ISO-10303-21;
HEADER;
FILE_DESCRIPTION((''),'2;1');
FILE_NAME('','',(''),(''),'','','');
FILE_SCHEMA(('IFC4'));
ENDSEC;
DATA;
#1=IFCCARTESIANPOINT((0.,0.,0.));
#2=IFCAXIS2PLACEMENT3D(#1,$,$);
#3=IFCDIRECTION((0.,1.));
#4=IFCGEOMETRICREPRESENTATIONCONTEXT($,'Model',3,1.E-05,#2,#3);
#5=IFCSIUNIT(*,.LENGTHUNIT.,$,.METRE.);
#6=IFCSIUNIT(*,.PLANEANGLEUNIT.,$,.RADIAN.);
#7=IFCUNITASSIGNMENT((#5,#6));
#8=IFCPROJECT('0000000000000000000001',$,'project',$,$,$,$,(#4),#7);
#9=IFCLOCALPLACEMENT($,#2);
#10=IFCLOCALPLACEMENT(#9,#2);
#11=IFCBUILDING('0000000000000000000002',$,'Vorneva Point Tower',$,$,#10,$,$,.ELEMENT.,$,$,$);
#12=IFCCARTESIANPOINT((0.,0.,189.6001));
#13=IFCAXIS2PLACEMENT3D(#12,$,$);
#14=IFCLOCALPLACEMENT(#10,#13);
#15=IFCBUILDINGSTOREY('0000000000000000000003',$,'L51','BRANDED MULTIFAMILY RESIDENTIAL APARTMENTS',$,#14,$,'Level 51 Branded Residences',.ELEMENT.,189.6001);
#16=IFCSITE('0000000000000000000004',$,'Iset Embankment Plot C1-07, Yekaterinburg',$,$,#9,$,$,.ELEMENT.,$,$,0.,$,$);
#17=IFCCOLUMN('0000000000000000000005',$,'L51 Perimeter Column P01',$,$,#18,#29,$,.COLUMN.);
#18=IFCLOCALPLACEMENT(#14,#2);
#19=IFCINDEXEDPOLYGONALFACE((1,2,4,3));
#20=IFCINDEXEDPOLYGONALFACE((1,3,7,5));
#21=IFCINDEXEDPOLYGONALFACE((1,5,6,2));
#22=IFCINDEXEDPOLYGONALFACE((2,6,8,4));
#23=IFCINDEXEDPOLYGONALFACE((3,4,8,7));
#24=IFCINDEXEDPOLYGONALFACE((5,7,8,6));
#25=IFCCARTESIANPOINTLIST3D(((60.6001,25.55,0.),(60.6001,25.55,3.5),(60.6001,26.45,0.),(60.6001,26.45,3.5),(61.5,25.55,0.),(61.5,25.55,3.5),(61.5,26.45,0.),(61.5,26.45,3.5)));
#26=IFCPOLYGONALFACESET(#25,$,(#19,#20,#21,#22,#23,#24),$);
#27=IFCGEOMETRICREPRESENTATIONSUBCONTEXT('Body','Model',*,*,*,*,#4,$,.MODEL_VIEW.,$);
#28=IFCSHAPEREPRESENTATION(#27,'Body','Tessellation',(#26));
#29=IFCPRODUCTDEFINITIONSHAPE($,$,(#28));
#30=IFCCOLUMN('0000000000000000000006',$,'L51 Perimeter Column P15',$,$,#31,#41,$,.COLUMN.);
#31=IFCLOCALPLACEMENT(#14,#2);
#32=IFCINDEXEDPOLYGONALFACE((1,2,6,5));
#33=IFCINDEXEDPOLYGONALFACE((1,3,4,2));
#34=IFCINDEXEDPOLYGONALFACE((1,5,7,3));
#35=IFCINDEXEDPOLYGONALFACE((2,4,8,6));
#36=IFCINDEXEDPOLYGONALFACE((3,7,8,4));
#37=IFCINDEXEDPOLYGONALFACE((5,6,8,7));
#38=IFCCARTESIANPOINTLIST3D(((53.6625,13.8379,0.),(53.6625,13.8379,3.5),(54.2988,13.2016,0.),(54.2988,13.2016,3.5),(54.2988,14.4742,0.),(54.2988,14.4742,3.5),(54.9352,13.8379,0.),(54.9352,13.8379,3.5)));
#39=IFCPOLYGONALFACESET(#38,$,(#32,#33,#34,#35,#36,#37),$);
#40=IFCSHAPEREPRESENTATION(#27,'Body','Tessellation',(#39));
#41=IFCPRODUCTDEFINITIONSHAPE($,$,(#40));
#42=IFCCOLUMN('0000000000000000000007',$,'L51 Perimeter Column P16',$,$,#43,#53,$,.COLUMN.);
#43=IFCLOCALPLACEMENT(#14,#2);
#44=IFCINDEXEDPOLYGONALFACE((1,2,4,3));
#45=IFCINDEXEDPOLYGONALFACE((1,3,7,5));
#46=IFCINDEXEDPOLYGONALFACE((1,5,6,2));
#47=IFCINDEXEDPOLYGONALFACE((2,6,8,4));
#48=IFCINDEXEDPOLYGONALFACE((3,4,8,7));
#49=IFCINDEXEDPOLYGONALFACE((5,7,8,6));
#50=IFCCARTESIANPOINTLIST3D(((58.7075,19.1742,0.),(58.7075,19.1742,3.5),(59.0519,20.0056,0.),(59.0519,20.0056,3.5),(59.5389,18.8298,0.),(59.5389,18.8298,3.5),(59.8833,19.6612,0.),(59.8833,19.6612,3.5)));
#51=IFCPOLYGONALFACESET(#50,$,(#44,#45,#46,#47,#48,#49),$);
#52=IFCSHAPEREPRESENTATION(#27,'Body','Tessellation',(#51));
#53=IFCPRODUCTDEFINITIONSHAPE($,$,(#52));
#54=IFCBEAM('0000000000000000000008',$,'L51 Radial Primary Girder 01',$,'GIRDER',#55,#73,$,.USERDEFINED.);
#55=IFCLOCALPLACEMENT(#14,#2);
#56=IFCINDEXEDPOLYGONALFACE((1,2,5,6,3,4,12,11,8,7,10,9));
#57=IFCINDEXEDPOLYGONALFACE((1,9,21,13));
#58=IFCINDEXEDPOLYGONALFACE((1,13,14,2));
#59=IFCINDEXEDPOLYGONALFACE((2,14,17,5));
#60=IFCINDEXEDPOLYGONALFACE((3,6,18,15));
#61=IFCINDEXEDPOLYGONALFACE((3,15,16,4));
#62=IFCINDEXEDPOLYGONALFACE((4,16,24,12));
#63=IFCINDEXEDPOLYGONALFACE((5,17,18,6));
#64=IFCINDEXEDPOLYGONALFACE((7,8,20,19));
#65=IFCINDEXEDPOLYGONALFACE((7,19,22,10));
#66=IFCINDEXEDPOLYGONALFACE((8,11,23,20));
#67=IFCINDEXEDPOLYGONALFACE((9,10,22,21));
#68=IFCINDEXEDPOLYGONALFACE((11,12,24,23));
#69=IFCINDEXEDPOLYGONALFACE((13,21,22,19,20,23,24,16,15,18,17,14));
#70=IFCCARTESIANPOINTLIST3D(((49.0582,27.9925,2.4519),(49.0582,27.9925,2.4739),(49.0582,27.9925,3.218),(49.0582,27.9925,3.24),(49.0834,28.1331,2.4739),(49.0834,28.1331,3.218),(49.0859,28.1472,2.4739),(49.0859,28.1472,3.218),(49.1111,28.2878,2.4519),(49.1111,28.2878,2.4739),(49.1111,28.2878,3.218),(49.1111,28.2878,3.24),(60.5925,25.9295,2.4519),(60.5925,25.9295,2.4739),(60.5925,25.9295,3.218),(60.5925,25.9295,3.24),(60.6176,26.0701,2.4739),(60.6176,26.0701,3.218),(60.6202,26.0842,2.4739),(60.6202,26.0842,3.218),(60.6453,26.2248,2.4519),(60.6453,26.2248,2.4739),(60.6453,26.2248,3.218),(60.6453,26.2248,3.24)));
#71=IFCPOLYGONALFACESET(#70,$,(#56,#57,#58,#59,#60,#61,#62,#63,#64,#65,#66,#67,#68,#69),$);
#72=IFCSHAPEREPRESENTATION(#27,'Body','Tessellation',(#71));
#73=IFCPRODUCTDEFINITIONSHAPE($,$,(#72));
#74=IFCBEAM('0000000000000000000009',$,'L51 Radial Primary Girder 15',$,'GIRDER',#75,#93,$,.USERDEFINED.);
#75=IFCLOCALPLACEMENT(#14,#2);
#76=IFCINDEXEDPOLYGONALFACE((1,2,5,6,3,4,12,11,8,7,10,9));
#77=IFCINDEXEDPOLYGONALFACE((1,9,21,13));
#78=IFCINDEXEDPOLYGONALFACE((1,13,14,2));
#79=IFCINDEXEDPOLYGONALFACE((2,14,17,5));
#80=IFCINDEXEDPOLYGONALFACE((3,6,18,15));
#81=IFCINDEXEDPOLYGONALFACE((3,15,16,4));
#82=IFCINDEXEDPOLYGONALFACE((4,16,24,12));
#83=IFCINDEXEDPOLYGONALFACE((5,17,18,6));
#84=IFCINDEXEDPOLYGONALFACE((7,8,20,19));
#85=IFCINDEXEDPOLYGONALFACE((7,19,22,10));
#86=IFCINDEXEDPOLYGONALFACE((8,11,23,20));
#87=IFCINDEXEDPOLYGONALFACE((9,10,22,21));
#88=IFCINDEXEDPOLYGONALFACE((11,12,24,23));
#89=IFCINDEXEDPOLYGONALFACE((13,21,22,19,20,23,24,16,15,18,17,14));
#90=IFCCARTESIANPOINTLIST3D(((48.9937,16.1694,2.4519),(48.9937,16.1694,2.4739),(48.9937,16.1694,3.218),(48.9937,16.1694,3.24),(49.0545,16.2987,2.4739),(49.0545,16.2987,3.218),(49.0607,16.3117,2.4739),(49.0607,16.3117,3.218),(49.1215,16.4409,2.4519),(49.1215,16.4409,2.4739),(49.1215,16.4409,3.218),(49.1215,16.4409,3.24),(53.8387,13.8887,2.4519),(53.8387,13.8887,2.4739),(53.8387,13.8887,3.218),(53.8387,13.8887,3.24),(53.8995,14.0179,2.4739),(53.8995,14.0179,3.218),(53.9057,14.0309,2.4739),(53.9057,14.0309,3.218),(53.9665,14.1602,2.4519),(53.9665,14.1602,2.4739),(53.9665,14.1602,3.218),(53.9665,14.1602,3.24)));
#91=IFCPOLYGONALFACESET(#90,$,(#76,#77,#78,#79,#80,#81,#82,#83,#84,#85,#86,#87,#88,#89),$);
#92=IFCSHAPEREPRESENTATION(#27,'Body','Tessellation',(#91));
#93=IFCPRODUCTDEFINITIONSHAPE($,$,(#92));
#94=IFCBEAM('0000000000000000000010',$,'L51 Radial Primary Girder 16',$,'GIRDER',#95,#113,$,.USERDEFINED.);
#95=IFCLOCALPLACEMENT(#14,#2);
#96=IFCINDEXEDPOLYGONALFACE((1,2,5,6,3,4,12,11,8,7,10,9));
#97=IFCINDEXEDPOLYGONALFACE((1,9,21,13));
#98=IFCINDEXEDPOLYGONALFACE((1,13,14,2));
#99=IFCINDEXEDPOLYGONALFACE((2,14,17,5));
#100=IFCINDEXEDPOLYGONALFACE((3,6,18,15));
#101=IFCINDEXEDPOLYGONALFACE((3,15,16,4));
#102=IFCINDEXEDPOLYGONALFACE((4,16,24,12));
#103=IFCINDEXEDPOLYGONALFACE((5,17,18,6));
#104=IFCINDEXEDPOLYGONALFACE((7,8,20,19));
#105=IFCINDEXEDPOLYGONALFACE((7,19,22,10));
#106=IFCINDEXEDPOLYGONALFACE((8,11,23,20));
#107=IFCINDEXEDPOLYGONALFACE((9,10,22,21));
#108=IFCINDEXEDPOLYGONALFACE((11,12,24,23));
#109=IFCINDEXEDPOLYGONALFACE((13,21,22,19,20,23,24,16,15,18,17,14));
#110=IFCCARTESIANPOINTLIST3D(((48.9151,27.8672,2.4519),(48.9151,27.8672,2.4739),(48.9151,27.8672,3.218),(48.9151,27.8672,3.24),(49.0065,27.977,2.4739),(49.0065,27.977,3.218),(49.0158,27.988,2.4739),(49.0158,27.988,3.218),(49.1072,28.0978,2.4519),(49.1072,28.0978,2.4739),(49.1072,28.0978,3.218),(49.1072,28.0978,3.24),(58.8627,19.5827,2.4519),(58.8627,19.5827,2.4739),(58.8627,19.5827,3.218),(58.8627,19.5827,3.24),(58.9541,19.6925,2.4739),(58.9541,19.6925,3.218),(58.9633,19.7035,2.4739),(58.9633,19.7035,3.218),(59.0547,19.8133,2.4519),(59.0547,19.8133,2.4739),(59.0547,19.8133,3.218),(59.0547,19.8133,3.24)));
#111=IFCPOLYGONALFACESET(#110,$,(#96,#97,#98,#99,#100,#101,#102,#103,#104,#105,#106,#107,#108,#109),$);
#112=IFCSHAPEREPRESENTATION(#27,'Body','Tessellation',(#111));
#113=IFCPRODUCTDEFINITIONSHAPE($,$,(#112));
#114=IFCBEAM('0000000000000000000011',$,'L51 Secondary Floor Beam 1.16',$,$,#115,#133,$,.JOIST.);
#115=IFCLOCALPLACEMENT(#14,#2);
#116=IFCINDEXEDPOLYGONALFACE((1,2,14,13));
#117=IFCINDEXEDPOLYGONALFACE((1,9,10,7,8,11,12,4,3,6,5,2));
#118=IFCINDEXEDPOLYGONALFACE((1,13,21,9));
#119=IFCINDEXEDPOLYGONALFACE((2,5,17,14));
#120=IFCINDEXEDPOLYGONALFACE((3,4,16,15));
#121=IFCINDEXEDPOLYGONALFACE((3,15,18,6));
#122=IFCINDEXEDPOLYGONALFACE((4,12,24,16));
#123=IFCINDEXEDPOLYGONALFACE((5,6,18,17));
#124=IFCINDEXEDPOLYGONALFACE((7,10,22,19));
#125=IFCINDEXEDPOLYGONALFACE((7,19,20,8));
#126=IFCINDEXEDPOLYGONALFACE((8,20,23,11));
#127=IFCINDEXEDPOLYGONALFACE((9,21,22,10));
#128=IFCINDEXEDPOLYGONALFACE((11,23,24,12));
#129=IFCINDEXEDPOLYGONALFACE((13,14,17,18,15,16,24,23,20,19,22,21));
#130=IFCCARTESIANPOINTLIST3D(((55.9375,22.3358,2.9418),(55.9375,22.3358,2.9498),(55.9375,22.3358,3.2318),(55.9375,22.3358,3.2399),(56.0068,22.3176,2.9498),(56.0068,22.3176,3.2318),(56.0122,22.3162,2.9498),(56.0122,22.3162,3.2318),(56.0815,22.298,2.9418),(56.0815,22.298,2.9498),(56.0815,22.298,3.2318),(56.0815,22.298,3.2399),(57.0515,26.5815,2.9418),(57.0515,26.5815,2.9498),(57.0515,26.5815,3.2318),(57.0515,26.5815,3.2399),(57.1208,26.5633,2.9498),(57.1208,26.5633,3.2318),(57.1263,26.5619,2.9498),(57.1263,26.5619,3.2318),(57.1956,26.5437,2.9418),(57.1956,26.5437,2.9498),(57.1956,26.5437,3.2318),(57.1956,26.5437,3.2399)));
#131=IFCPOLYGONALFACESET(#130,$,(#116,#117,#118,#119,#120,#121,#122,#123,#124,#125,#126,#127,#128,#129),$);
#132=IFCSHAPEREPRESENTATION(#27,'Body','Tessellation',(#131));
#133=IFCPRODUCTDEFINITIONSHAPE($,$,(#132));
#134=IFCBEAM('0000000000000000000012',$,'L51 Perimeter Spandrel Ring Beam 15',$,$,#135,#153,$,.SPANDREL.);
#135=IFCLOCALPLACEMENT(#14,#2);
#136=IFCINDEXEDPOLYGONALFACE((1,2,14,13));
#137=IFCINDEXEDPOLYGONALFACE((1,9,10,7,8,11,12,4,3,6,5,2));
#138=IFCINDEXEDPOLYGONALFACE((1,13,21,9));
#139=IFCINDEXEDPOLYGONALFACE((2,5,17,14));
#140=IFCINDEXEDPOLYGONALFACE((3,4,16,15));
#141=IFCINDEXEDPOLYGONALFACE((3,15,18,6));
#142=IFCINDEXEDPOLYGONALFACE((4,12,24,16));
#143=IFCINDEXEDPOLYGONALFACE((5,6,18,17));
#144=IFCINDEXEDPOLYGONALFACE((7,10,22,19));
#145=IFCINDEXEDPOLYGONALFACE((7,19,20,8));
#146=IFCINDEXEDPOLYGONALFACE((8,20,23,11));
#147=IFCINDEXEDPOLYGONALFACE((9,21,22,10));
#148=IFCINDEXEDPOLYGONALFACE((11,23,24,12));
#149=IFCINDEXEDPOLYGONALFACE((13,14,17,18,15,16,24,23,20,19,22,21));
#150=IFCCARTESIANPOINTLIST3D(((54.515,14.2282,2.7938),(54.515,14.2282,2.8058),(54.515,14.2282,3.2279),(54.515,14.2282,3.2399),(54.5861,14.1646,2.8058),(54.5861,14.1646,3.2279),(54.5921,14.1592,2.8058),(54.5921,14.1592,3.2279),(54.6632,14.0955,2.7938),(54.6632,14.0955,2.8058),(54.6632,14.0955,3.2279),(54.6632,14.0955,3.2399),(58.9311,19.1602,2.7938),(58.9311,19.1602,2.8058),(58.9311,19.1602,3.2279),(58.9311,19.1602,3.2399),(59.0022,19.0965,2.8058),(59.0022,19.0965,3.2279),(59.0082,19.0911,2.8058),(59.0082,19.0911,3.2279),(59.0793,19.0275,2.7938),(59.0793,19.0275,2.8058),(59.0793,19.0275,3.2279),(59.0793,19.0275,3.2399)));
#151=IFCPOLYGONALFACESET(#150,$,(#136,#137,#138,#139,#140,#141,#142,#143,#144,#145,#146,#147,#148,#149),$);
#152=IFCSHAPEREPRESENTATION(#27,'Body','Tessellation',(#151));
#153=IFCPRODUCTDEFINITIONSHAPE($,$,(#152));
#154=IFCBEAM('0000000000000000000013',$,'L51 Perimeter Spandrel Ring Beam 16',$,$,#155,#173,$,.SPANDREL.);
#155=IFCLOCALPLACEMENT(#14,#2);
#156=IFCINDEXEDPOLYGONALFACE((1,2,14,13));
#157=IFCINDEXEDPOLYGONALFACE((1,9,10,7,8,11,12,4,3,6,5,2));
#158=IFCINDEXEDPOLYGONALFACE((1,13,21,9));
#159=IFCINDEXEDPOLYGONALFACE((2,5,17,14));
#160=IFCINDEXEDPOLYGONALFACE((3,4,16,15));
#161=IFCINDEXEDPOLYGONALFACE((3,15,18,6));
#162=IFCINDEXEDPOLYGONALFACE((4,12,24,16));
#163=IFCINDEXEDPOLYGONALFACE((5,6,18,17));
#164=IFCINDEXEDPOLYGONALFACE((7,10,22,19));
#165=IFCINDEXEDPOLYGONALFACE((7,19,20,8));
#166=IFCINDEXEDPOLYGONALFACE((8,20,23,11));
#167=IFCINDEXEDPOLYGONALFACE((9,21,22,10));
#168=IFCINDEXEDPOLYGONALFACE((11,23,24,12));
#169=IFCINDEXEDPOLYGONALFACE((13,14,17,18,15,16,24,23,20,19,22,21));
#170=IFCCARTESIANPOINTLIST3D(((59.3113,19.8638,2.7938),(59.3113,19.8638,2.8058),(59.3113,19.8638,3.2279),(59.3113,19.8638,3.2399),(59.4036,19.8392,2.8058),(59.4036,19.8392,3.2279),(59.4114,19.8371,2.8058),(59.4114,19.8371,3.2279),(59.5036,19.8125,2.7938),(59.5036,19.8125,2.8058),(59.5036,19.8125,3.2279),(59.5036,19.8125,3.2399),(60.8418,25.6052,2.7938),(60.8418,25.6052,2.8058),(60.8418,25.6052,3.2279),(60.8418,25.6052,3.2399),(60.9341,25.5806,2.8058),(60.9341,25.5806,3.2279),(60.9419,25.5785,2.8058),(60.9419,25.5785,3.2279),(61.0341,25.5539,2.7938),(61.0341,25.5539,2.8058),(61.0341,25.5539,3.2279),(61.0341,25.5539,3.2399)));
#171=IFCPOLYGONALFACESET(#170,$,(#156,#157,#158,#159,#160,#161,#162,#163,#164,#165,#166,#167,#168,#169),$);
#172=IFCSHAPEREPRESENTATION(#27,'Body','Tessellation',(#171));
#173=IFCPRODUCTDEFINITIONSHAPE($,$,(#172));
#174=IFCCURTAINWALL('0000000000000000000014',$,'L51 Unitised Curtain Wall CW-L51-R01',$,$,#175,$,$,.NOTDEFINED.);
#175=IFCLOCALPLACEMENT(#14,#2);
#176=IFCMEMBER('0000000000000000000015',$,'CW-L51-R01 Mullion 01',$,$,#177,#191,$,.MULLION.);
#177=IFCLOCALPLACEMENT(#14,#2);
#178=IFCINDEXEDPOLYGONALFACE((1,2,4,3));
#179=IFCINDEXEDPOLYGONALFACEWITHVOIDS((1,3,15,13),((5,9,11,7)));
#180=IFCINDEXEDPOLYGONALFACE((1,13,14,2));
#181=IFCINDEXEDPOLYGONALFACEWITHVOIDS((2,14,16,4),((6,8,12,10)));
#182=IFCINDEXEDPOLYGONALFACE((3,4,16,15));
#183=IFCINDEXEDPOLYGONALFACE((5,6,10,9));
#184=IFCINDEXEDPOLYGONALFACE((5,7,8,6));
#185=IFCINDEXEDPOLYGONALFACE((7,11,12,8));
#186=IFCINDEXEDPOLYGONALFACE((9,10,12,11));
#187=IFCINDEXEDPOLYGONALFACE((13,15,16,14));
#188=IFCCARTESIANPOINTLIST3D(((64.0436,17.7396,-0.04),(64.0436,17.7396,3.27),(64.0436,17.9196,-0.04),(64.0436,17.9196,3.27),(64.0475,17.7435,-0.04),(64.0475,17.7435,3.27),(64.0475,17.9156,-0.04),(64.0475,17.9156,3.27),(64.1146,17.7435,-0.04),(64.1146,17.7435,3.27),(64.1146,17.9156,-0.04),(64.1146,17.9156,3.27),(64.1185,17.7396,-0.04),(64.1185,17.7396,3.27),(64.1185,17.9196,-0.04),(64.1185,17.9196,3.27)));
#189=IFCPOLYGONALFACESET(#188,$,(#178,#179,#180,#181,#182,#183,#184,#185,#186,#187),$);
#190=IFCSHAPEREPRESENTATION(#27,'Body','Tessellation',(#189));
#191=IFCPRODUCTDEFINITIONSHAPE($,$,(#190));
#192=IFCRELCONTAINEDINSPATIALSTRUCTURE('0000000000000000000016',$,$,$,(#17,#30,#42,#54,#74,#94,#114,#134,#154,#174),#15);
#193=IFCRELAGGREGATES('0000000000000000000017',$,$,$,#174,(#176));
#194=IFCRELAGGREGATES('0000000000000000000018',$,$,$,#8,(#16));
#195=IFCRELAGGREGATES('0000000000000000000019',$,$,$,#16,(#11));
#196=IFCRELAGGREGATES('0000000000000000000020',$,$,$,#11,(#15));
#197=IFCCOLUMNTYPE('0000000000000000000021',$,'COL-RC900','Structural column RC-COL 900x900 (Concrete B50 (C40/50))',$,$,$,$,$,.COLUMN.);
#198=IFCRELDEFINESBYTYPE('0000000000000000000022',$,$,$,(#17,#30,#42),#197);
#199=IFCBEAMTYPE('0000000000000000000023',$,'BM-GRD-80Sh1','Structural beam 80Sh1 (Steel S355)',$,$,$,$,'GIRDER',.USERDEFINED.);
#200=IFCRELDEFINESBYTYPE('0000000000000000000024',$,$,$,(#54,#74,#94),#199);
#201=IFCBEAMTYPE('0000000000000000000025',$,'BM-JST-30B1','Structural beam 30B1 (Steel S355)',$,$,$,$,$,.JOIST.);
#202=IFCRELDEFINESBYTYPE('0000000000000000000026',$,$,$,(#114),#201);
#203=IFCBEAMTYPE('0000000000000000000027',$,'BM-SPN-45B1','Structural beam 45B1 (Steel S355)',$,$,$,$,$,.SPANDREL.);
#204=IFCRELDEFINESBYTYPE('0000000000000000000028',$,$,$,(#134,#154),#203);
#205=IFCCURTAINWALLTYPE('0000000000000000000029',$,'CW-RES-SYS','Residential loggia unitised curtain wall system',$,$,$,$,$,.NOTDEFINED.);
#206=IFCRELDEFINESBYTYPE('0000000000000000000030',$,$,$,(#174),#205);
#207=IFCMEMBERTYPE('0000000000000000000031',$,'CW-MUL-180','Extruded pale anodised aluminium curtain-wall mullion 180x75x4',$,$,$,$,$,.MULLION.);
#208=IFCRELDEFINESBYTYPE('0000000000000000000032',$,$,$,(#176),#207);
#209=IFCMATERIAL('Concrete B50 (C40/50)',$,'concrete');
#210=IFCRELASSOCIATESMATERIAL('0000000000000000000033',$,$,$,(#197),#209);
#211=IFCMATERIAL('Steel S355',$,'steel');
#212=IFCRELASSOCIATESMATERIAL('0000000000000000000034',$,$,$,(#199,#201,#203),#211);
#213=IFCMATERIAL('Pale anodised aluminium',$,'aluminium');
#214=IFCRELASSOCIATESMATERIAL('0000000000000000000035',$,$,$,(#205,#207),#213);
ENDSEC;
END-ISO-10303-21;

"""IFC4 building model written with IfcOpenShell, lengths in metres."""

from ifc_helpers import new_model, si_unit, direction, frame, origin, origin_2d, place, context, subcontext, project, spatial, rectangle, hollow_rectangle, i_section, extrude, material, material_profile, profile_set, type_object, element, aggregate, save


model = new_model("IFC4")

# Units and contexts
model_context = context("Model", 3, precision=1e-05, world=origin(), true_north=direction((0.0, 1.0)))
body_context = subcontext(model_context, "Body", "Model", "MODEL_VIEW")
ifc_project = project(units=[si_unit("LENGTHUNIT", "METRE"), si_unit("PLANEANGLEUNIT", "RADIAN")], contexts=[model_context])

# Site, building, storey
site_placement = place(None, origin())
site = spatial("IfcSite", under=ifc_project, at=site_placement, Name="Iset Embankment Plot C1-07, Yekaterinburg", CompositionType="ELEMENT", RefElevation=0.0)
building_placement = place(site_placement, origin())
building = spatial("IfcBuilding", under=site, at=building_placement, Name="Vorneva Point Tower", CompositionType="ELEMENT")
storey_placement = place(building_placement, frame((0.0, 0.0, 189.6001)))
storey = spatial("IfcBuildingStorey", under=building, at=storey_placement, Name="L51", Description="BRANDED MULTIFAMILY RESIDENTIAL APARTMENTS", LongName="Level 51 Branded Residences", CompositionType="ELEMENT", Elevation=189.6001)

# Columns
ifc_material_1 = material(Name="Concrete B50 (C40/50)", Category="concrete")
ifc_material_profile_1 = material_profile(ifc_material_1, rectangle(XDim=0.8999, YDim=0.8999, at=origin_2d()), Name="RC-COL 900x900")
ifc_profile_set_1 = profile_set([ifc_material_profile_1], Name="Concrete B50 (C40/50)")
column_type = type_object("IfcColumnType", Name="COL-RC900", Description="Structural column RC-COL 900x900 (Concrete B50 (C40/50))", PredefinedType="COLUMN", material=ifc_profile_set_1)
for number, where, z_axis, x_axis, name in (
    (1, (61.05, 26.0, 0.0), (0.0, 0.0, 1.0), (1.0, 0.0, 0.0), "L51 Perimeter Column P01"),
    (2, (54.2988, 13.8379, 0.0), (0.0, 0.0, 1.0), (0.707107, -0.707107, 0.0), "L51 Perimeter Column P15"),
    (3, (59.2954, 19.4177, 0.0), (0.0, 0.0, 1.0), (0.92388, -0.382683, 0.0), "L51 Perimeter Column P16"),
):
    element("IfcColumn", number, at=place(storey_placement, frame(where, z_axis=z_axis, x_axis=x_axis)), inside=storey, type_object=column_type, Name=name, PredefinedType="COLUMN", context=body_context, shape_type="SweptSolid", body=[
        extrude(rectangle(XDim=0.8999, YDim=0.8999, at=origin_2d()), origin(), (0.0, 0.0, 1.0), 3.5),
    ])

# Beams
ifc_material_2 = material(Name="Steel S355", Category="steel")
ifc_material_profile_2 = material_profile(ifc_material_2, i_section(OverallWidth=0.3, OverallDepth=0.7881, WebThickness=0.0144, FlangeThickness=0.022, at=origin_2d()), Name="80Sh1")
ifc_profile_set_2 = profile_set([ifc_material_profile_2], Name="Steel S355")
beam_type_1 = type_object("IfcBeamType", Name="BM-GRD-80Sh1", Description="Structural beam 80Sh1 (Steel S355)", ElementType="GIRDER", PredefinedType="USERDEFINED", material=ifc_profile_set_2)
beam_1_placement = place(storey_placement, frame((60.6189, 26.0771, 2.8459), z_axis=(-0.984379, 0.176065, 0.0), x_axis=(-0.176065, -0.984379, 0.0)))
element("IfcBeam", 4, at=beam_1_placement, inside=storey, type_object=beam_type_1, Name="L51 Radial Primary Girder 01", ObjectType="GIRDER", PredefinedType="USERDEFINED", context=body_context, shape_type="SweptSolid", body=[
    extrude(i_section(OverallWidth=0.3, OverallDepth=0.7881, WebThickness=0.0144, FlangeThickness=0.022, at=origin_2d()), origin(), (0.0, 0.0, 1.0), 11.7173),
])
beam_2_placement = place(storey_placement, frame((53.9026, 14.0244, 2.8459), z_axis=(-0.904763, 0.425916, 0.0), x_axis=(-0.425916, -0.904763, 0.0)))
element("IfcBeam", 5, at=beam_2_placement, inside=storey, type_object=beam_type_1, Name="L51 Radial Primary Girder 15", ObjectType="GIRDER", PredefinedType="USERDEFINED", context=body_context, shape_type="SweptSolid", body=[
    extrude(i_section(OverallWidth=0.3, OverallDepth=0.7881, WebThickness=0.0144, FlangeThickness=0.022, at=origin_2d()), origin(), (0.0, 0.0, 1.0), 5.355),
])
beam_3_placement = place(storey_placement, frame((58.9587, 19.698, 2.8459), z_axis=(-0.768418, 0.639949, 0.0), x_axis=(-0.639949, -0.768418, 0.0)))
element("IfcBeam", 6, at=beam_3_placement, inside=storey, type_object=beam_type_1, Name="L51 Radial Primary Girder 16", ObjectType="GIRDER", PredefinedType="USERDEFINED", context=body_context, shape_type="SweptSolid", body=[
    extrude(i_section(OverallWidth=0.3, OverallDepth=0.7881, WebThickness=0.0144, FlangeThickness=0.022, at=origin_2d()), origin(), (0.0, 0.0, 1.0), 12.9456),
])
ifc_material_profile_3 = material_profile(ifc_material_2, i_section(OverallWidth=0.1489, OverallDepth=0.2981, WebThickness=0.0056, FlangeThickness=0.0081, at=origin_2d()), Name="30B1")
ifc_profile_set_3 = profile_set([ifc_material_profile_3], Name="Steel S355")
beam_type_2 = type_object("IfcBeamType", Name="BM-JST-30B1", Description="Structural beam 30B1 (Steel S355)", PredefinedType="JOIST", material=ifc_profile_set_3)
beam_4_placement = place(storey_placement, frame((56.0095, 22.3169, 3.0908), z_axis=(0.253801, 0.967257, 0.0), x_axis=(-0.967257, 0.253801, 0.0)))
element("IfcBeam", 7, at=beam_4_placement, inside=storey, type_object=beam_type_2, Name="L51 Secondary Floor Beam 1.16", PredefinedType="JOIST", context=body_context, shape_type="SweptSolid", body=[
    extrude(i_section(OverallWidth=0.1489, OverallDepth=0.2981, WebThickness=0.0056, FlangeThickness=0.0081, at=origin_2d()), origin(), (0.0, 0.0, 1.0), 4.3894),
])
ifc_material_profile_4 = material_profile(ifc_material_2, i_section(OverallWidth=0.199, OverallDepth=0.446, WebThickness=0.0081, FlangeThickness=0.012, at=origin_2d()), Name="45B1")
ifc_profile_set_4 = profile_set([ifc_material_profile_4], Name="Steel S355")
beam_type_3 = type_object("IfcBeamType", Name="BM-SPN-45B1", Description="Structural beam 45B1 (Steel S355)", PredefinedType="SPANDREL", material=ifc_profile_set_4)
beam_5_placement = place(storey_placement, frame((54.5891, 14.1619, 3.0168), z_axis=(0.66707, 0.744995, 0.0), x_axis=(-0.744995, 0.66707, 0.0)))
element("IfcBeam", 8, at=beam_5_placement, inside=storey, type_object=beam_type_3, Name="L51 Perimeter Spandrel Ring Beam 15", PredefinedType="SPANDREL", context=body_context, shape_type="SweptSolid", body=[
    extrude(i_section(OverallWidth=0.199, OverallDepth=0.446, WebThickness=0.0081, FlangeThickness=0.012, at=origin_2d()), origin(), (0.0, 0.0, 1.0), 6.6201),
])
beam_6_placement = place(storey_placement, frame((59.4075, 19.8381, 3.0168), z_axis=(0.257578, 0.966257, 0.0), x_axis=(-0.966257, 0.257578, 0.0)))
element("IfcBeam", 9, at=beam_6_placement, inside=storey, type_object=beam_type_3, Name="L51 Perimeter Spandrel Ring Beam 16", PredefinedType="SPANDREL", context=body_context, shape_type="SweptSolid", body=[
    extrude(i_section(OverallWidth=0.199, OverallDepth=0.446, WebThickness=0.0081, FlangeThickness=0.012, at=origin_2d()), origin(), (0.0, 0.0, 1.0), 5.9419),
])

# Curtain wall, member
ifc_material_3 = material(Name="Pale anodised aluminium", Category="aluminium")
curtain_wall_type = type_object("IfcCurtainWallType", Name="CW-RES-SYS", Description="Residential loggia unitised curtain wall system", PredefinedType="NOTDEFINED", material=ifc_material_3)
curtain_wall_1_placement = place(storey_placement, origin())
curtain_wall_1 = element("IfcCurtainWall", 10, at=curtain_wall_1_placement, inside=storey, type_object=curtain_wall_type, Name="L51 Unitised Curtain Wall CW-L51-R01", PredefinedType="NOTDEFINED")
ifc_material_profile_5 = material_profile(ifc_material_3, hollow_rectangle(XDim=0.075, YDim=0.1799, WallThickness=0.0039, at=origin_2d()), Name="AL-MUL 180x75x4")
ifc_profile_set_5 = profile_set([ifc_material_profile_5], Name="Pale anodised aluminium")
member_type_1 = type_object("IfcMemberType", Name="CW-MUL-180", Description="Extruded pale anodised aluminium curtain-wall mullion 180x75x4", PredefinedType="MULLION", material=ifc_profile_set_5)
member_1_placement = place(storey_placement, frame((64.0811, 17.8296, -0.04), z_axis=(0.0, 0.0, 1.0), x_axis=(1.0, 0.0, 0.0)))
member_1 = element("IfcMember", 11, at=member_1_placement, type_object=member_type_1, Name="CW-L51-R01 Mullion 01", PredefinedType="MULLION", context=body_context, shape_type="SweptSolid", body=[
    extrude(hollow_rectangle(XDim=0.075, YDim=0.1799, WallThickness=0.0039, at=origin_2d()), origin(), (0.0, 0.0, 1.0), 3.3101),
])

aggregate(curtain_wall_1, [member_1])

save(model, "model.ifc")
